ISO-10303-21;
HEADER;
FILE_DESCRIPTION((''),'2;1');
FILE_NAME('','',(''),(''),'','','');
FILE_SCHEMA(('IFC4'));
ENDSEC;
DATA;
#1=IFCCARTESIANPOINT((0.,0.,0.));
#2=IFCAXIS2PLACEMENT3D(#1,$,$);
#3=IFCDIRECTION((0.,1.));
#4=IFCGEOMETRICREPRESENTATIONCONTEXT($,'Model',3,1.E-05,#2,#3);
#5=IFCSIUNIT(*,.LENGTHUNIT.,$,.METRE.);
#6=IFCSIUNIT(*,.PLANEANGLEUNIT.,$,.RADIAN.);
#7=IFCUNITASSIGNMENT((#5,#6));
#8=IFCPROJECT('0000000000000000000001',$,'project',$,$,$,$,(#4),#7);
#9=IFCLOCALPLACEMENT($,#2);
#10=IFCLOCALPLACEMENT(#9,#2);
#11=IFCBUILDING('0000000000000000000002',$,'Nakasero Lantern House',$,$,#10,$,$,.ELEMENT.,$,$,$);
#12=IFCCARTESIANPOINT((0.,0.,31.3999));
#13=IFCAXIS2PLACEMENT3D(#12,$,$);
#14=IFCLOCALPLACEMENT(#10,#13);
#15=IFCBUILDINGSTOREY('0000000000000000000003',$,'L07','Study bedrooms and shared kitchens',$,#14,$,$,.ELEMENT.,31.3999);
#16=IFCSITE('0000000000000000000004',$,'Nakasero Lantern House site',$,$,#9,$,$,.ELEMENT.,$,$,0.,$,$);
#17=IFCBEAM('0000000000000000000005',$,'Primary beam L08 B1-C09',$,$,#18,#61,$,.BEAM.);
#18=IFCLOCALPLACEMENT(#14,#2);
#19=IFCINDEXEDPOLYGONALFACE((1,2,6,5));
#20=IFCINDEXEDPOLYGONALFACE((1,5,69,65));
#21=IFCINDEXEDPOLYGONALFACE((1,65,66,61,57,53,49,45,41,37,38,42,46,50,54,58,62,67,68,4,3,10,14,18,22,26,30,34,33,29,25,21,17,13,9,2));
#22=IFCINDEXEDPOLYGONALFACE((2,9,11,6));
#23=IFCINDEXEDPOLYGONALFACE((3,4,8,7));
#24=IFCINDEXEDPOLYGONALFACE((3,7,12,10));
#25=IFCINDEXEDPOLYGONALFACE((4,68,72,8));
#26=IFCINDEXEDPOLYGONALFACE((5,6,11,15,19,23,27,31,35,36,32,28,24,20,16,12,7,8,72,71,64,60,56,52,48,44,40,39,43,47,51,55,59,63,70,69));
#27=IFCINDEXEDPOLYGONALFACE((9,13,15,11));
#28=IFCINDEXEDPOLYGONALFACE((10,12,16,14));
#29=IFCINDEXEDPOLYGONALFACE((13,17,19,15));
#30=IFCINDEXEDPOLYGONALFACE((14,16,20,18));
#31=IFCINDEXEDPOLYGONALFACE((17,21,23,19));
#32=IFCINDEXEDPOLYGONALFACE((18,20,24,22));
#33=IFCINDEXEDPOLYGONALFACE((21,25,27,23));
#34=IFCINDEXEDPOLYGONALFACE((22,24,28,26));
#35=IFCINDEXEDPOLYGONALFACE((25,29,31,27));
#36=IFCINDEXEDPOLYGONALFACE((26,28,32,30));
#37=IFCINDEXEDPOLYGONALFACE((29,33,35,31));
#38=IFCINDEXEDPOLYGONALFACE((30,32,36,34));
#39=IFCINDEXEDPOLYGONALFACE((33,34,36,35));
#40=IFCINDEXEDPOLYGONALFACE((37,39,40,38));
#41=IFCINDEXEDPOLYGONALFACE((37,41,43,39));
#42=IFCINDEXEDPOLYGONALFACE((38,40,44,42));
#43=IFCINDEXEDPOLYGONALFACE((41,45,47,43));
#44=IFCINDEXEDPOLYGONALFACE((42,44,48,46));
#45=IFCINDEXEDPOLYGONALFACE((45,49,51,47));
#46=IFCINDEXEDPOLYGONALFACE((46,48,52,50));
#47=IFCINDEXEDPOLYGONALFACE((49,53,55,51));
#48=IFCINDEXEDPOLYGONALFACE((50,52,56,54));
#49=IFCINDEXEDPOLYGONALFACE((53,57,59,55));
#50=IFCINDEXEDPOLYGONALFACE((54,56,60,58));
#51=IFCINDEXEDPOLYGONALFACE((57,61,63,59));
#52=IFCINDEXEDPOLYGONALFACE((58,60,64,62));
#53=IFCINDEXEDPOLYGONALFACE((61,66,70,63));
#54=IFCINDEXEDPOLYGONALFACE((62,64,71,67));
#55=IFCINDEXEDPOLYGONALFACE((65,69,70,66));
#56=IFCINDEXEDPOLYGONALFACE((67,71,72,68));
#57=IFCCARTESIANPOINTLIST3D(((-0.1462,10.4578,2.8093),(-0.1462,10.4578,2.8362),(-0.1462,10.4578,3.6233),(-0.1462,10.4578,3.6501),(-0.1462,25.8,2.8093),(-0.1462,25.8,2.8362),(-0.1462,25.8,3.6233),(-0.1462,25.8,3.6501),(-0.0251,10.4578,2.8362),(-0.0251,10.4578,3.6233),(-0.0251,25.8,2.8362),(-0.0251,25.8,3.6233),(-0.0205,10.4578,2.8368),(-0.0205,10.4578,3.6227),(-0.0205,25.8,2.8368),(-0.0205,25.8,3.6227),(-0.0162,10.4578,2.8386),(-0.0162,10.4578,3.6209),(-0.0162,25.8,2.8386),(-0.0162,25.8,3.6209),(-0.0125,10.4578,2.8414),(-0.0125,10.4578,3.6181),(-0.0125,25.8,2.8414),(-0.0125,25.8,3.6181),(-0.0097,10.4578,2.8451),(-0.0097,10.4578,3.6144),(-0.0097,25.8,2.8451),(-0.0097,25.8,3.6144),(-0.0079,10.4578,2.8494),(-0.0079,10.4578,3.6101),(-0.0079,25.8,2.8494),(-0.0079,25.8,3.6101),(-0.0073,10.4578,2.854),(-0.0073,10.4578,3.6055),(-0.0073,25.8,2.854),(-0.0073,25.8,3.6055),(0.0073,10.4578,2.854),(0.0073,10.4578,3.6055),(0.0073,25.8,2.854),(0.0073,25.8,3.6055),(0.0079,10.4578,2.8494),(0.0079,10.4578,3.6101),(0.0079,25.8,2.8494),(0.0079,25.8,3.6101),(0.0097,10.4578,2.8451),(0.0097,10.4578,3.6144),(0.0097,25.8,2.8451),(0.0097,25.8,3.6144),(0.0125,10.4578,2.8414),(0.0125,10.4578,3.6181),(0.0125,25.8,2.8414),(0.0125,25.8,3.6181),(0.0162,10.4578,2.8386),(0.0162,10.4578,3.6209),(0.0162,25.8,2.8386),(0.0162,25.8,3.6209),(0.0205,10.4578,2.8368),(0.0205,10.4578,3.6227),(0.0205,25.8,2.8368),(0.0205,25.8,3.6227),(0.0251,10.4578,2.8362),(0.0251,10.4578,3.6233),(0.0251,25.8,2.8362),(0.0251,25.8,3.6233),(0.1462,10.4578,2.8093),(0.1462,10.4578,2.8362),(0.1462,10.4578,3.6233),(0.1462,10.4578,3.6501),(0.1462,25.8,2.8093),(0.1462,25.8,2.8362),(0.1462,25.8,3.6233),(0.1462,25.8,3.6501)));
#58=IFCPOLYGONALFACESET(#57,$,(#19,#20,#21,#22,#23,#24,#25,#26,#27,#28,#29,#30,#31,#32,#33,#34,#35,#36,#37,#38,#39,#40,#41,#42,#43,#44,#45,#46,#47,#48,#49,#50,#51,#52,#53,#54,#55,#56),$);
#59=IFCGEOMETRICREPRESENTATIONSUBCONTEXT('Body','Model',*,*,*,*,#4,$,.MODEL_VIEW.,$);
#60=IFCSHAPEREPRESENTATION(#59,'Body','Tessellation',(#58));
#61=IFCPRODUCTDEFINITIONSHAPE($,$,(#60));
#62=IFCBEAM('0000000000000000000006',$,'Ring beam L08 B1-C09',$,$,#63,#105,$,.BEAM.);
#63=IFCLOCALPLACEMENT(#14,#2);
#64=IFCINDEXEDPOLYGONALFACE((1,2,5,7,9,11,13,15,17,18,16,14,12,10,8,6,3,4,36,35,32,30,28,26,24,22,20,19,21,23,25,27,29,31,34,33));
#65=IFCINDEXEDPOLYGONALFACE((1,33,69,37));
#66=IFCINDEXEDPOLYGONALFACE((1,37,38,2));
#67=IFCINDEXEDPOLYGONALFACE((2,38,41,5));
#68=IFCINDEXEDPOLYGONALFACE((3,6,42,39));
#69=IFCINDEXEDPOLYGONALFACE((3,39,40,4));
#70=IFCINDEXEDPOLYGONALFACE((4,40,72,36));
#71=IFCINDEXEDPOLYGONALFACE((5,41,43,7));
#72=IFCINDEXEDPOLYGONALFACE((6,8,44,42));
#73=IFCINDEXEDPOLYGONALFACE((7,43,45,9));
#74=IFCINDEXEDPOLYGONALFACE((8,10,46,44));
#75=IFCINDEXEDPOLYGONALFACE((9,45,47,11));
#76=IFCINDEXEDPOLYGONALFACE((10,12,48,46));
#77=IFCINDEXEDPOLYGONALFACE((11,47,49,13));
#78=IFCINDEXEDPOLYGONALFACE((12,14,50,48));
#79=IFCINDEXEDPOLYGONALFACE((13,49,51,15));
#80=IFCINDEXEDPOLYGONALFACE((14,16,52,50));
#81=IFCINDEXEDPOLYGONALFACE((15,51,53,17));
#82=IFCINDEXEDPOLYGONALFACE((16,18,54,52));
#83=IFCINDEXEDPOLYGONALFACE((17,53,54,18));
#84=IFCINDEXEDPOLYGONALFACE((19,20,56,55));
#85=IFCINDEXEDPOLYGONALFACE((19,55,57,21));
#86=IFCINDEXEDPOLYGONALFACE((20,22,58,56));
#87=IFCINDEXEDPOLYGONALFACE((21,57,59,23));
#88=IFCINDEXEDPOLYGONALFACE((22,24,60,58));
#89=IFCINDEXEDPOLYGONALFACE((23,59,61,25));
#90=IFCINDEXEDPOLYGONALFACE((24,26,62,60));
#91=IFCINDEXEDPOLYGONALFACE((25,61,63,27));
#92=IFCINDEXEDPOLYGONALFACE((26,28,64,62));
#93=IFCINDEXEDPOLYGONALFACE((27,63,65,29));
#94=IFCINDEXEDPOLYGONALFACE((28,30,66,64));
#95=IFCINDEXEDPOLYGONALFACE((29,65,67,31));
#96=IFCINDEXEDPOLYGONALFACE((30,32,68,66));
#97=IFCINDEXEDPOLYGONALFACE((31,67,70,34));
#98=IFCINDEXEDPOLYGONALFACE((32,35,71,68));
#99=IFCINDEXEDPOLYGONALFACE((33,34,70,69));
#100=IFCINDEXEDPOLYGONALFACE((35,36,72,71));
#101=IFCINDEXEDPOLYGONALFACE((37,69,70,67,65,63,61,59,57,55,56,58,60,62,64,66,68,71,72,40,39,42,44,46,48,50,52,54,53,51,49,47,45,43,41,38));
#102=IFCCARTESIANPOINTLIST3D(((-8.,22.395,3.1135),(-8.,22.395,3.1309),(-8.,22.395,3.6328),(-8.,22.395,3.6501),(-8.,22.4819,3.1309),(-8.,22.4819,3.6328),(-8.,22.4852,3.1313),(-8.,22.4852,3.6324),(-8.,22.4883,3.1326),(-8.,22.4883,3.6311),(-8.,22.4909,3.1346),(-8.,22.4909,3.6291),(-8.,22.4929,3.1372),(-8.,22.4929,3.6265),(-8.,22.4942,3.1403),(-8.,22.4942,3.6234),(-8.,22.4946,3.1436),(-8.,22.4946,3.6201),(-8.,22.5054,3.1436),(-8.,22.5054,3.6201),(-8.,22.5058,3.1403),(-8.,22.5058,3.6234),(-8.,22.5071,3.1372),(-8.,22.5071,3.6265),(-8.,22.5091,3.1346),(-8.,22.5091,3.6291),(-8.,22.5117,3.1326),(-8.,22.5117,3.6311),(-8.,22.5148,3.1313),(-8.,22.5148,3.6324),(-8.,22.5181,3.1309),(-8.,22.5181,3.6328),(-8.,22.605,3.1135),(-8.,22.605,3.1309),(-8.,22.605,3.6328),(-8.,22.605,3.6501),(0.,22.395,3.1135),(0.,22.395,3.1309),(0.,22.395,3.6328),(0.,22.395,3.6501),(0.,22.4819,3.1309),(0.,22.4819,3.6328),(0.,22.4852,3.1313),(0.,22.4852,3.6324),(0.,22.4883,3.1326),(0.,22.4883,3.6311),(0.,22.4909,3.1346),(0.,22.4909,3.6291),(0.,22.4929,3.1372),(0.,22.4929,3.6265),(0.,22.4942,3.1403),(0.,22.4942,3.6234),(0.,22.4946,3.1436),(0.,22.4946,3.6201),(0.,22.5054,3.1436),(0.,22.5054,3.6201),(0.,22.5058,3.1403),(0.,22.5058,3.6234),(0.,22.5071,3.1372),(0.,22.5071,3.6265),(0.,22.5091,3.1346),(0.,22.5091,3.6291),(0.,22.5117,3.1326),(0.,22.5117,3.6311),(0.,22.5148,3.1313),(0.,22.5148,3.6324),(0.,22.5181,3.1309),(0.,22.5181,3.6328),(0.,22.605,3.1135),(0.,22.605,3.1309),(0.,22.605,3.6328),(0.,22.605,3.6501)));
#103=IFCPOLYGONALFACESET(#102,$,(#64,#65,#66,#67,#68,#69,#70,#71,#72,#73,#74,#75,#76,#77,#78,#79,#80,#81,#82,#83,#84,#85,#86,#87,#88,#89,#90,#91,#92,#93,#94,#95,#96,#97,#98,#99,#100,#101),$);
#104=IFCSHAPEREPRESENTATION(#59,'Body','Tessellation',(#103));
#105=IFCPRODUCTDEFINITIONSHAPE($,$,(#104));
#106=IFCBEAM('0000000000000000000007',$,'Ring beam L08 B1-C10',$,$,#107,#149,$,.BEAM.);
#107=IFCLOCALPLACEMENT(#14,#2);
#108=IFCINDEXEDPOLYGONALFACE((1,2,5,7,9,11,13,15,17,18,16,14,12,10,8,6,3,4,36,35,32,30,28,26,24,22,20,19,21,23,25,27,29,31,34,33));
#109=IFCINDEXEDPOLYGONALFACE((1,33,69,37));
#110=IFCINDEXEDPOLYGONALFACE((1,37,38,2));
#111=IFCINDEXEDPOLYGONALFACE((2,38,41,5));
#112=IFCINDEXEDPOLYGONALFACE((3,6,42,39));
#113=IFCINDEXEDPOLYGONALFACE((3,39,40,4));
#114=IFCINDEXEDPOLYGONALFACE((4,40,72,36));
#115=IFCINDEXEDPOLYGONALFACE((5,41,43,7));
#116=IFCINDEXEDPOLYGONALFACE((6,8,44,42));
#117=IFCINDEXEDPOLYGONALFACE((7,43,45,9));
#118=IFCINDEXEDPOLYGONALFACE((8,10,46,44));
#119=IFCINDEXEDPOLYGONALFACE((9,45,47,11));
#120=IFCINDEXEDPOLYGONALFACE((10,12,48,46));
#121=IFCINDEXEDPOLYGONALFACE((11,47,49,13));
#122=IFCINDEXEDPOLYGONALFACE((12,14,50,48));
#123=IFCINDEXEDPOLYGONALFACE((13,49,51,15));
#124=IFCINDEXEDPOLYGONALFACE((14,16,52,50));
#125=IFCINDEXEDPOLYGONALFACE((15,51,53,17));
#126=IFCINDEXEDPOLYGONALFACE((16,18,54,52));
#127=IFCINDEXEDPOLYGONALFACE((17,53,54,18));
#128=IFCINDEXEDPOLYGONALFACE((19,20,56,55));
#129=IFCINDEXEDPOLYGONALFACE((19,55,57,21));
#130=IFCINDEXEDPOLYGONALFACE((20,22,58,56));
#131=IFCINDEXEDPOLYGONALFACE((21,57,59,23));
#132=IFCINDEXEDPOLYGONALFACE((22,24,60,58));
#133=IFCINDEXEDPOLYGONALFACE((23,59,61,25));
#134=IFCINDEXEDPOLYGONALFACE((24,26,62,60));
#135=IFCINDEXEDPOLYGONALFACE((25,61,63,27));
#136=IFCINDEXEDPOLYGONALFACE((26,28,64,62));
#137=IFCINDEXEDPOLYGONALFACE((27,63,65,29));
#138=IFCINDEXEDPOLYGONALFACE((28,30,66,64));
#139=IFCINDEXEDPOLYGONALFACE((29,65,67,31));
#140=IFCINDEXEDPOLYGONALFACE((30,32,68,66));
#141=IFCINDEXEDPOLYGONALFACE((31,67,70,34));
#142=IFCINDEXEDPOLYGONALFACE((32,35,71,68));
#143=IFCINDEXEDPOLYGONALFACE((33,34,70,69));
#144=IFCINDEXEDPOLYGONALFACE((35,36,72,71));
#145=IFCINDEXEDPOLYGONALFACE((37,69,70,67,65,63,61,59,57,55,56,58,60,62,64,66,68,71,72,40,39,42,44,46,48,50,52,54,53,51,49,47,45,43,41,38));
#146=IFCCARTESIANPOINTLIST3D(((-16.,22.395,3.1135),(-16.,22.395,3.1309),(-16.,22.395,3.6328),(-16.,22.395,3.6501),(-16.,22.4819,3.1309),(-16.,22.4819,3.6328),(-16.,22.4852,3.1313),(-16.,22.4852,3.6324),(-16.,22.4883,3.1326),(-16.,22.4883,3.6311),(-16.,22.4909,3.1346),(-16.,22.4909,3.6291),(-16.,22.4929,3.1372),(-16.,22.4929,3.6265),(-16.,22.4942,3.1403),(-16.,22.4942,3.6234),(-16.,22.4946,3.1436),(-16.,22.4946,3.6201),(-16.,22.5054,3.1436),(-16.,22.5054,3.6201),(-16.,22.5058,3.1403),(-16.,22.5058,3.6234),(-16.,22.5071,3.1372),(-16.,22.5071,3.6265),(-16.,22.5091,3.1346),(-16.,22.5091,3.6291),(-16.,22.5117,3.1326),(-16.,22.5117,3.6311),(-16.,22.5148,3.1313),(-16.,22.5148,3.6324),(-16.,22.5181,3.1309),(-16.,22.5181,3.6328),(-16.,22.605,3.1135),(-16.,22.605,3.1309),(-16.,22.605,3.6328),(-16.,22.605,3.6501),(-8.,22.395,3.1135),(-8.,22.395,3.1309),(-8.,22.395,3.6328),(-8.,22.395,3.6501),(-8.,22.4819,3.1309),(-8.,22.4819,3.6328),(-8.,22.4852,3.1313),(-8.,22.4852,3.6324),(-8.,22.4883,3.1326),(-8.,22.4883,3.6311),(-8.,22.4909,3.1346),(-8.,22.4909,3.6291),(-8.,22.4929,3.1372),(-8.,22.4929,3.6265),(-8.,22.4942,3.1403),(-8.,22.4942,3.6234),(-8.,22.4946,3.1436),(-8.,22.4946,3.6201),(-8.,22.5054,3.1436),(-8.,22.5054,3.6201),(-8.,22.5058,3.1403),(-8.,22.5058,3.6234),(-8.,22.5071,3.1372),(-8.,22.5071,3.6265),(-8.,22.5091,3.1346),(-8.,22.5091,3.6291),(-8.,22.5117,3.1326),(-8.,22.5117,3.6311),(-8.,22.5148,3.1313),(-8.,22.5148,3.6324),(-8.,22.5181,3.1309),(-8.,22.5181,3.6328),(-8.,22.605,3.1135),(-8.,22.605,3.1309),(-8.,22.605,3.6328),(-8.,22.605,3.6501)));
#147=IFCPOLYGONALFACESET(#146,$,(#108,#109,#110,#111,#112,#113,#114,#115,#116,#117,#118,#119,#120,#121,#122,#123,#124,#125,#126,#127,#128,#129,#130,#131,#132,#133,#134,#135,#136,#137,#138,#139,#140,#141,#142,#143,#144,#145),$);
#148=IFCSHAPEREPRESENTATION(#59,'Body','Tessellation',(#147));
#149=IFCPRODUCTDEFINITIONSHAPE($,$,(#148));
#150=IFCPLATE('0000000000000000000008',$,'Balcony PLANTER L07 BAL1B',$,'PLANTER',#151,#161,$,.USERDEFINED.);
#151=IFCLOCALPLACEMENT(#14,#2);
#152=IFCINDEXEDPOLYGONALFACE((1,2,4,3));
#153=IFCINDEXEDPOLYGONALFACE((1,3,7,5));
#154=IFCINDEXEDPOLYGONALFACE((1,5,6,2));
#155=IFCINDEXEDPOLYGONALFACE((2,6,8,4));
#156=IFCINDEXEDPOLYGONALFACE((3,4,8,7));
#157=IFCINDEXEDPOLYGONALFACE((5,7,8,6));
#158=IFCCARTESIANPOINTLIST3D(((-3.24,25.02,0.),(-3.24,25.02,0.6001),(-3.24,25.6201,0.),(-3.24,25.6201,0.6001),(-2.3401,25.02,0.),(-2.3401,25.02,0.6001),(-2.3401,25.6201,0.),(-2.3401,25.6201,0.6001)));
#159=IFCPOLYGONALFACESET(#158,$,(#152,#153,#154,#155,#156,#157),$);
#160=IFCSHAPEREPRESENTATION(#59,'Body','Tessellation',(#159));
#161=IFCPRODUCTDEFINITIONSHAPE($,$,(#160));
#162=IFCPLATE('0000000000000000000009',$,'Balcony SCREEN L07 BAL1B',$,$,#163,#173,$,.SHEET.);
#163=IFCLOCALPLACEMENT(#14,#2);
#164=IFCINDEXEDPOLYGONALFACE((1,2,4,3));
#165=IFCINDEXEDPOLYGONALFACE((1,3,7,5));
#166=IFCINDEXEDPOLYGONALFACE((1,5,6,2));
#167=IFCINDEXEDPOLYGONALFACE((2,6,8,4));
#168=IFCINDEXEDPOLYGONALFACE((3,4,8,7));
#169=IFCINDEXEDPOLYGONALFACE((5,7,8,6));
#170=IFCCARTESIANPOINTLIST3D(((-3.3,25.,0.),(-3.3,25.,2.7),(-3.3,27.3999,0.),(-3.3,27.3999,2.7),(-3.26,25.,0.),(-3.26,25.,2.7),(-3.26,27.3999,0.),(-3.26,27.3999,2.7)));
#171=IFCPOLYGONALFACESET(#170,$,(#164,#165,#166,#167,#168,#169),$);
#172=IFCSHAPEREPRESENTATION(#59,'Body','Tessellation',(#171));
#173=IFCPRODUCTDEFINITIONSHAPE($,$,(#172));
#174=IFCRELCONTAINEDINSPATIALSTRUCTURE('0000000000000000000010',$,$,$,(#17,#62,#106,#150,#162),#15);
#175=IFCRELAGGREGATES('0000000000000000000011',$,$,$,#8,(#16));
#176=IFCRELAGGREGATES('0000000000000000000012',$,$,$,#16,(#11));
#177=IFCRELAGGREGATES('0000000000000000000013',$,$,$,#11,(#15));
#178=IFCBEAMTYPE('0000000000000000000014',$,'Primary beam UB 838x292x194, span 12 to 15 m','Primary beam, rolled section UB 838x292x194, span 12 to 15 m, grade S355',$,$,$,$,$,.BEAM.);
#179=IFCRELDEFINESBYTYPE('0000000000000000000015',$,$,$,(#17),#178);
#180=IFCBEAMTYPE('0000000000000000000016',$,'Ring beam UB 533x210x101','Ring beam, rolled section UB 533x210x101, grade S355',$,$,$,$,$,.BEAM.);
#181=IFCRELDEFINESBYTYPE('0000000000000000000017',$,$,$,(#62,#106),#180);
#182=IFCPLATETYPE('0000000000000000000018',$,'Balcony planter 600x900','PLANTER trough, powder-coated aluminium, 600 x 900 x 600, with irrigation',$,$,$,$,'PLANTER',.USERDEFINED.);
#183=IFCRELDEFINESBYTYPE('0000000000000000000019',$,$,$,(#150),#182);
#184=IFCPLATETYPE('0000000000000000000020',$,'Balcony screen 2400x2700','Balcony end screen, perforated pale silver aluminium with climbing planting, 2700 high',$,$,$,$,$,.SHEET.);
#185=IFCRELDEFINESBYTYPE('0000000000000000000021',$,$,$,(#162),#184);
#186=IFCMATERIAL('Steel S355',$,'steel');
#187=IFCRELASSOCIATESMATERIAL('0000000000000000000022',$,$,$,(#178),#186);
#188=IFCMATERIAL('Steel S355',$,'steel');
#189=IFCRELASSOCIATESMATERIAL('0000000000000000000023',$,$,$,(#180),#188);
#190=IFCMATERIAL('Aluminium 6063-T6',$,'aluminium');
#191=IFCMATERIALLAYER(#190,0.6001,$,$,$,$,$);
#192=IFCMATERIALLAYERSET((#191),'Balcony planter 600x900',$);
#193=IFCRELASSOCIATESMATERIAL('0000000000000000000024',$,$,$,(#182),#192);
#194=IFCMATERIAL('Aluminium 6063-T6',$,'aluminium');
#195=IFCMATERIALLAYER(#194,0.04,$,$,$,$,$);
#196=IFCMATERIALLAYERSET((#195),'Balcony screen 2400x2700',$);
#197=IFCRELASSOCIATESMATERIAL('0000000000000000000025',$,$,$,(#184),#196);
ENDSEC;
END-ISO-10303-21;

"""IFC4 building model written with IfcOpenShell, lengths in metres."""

from ifc_helpers import new_model, si_unit, direction, frame, origin, origin_2d, place, context, subcontext, project, spatial, rectangle, i_section, extrude, material, layer, layer_set, material_profile, profile_set, type_object, element, save


model = new_model("IFC4")

# Units and contexts
model_context = context("Model", 3, precision=1e-05, world=origin(), true_north=direction((0.0, 1.0)))
body_context = subcontext(model_context, "Body", "Model", "MODEL_VIEW")
ifc_project = project(units=[si_unit("LENGTHUNIT", "METRE"), si_unit("PLANEANGLEUNIT", "RADIAN")], contexts=[model_context])

# Site, building, storey
site_placement = place(None, origin())
site = spatial("IfcSite", under=ifc_project, at=site_placement, Name="Nakasero Lantern House site", CompositionType="ELEMENT", RefElevation=0.0)
building_placement = place(site_placement, origin())
building = spatial("IfcBuilding", under=site, at=building_placement, Name="Nakasero Lantern House", CompositionType="ELEMENT")
storey_placement = place(building_placement, frame((0.0, 0.0, 31.3999)))
storey = spatial("IfcBuildingStorey", under=building, at=storey_placement, Name="L07", Description="Study bedrooms and shared kitchens", CompositionType="ELEMENT", Elevation=31.3999)

# Beams
ifc_material_1 = material(Name="Steel S355", Category="steel")
ifc_material_profile_1 = material_profile(ifc_material_1, i_section(OverallWidth=0.2925, OverallDepth=0.8408, WebThickness=0.0146, FlangeThickness=0.0269, FilletRadius=0.0178, at=origin_2d()), Name="UB 838x292x194")
ifc_profile_set_1 = profile_set([ifc_material_profile_1], Name="Steel S355")
beam_type_1 = type_object("IfcBeamType", Name="Primary beam UB 838x292x194, span 12 to 15 m", Description="Primary beam, rolled section UB 838x292x194, span 12 to 15 m, grade S355", PredefinedType="BEAM", material=ifc_profile_set_1)
beam_1_placement = place(storey_placement, frame((0.0, 25.8, 3.2297), z_axis=(0.0, -1.0, 0.0), x_axis=(1.0, 0.0, 0.0)))
element("IfcBeam", 1, at=beam_1_placement, inside=storey, type_object=beam_type_1, Name="Primary beam L08 B1-C09", PredefinedType="BEAM", context=body_context, shape_type="SweptSolid", body=[
    extrude(i_section(OverallWidth=0.2925, OverallDepth=0.8408, WebThickness=0.0146, FlangeThickness=0.0269, FilletRadius=0.0178, at=origin_2d()), origin(), (0.0, 0.0, 1.0), 15.3423),
])
ifc_material_2 = material(Name="Steel S355", Category="steel")
ifc_material_profile_2 = material_profile(ifc_material_2, i_section(OverallWidth=0.21, OverallDepth=0.5366, WebThickness=0.0107, FlangeThickness=0.0173, FilletRadius=0.0127, at=origin_2d()), Name="UB 533x210x101")
ifc_profile_set_2 = profile_set([ifc_material_profile_2], Name="Steel S355")
beam_type_2 = type_object("IfcBeamType", Name="Ring beam UB 533x210x101", Description="Ring beam, rolled section UB 533x210x101, grade S355", PredefinedType="BEAM", material=ifc_profile_set_2)
for number, where, z_axis, x_axis, name in (
    (2, (0.0, 22.5, 3.3818), (-1.0, 0.0, 0.0), (0.0, -1.0, 0.0), "Ring beam L08 B1-C09"),
    (3, (-8.0, 22.5, 3.3818), (-1.0, 0.0, 0.0), (0.0, -1.0, 0.0), "Ring beam L08 B1-C10"),
):
    element("IfcBeam", number, at=place(storey_placement, frame(where, z_axis=z_axis, x_axis=x_axis)), inside=storey, type_object=beam_type_2, Name=name, PredefinedType="BEAM", context=body_context, shape_type="SweptSolid", body=[
        extrude(i_section(OverallWidth=0.21, OverallDepth=0.5366, WebThickness=0.0107, FlangeThickness=0.0173, FilletRadius=0.0127, at=origin_2d()), origin(), (0.0, 0.0, 1.0), 8.0),
    ])

# Plates
ifc_material_3 = material(Name="Aluminium 6063-T6", Category="aluminium")
ifc_layer_1 = layer(ifc_material_3, 0.6001)
ifc_layer_set_1 = layer_set([ifc_layer_1], Name="Balcony planter 600x900")
plate_type_1 = type_object("IfcPlateType", Name="Balcony planter 600x900", Description="PLANTER trough, powder-coated aluminium, 600 x 900 x 600, with irrigation", ElementType="PLANTER", PredefinedType="USERDEFINED", material=ifc_layer_set_1)
plate_1_placement = place(storey_placement, frame((-2.79, 25.3201, 0.0), z_axis=(0.0, 0.0, 1.0), x_axis=(0.0, 1.0, 0.0)))
element("IfcPlate", 4, at=plate_1_placement, inside=storey, type_object=plate_type_1, Name="Balcony PLANTER L07 BAL1B", ObjectType="PLANTER", PredefinedType="USERDEFINED", context=body_context, shape_type="SweptSolid", body=[
    extrude(rectangle(XDim=0.6001, YDim=0.8999, at=origin_2d()), origin(), (0.0, 0.0, 1.0), 0.6001),
])
ifc_material_4 = material(Name="Aluminium 6063-T6", Category="aluminium")
ifc_layer_2 = layer(ifc_material_4, 0.04)
ifc_layer_set_2 = layer_set([ifc_layer_2], Name="Balcony screen 2400x2700")
plate_type_2 = type_object("IfcPlateType", Name="Balcony screen 2400x2700", Description="Balcony end screen, perforated pale silver aluminium with climbing planting, 2700 high", PredefinedType="SHEET", material=ifc_layer_set_2)
plate_2_placement = place(storey_placement, frame((-3.28, 26.2, 0.0), z_axis=(0.0, 0.0, 1.0), x_axis=(0.0, 1.0, 0.0)))
element("IfcPlate", 5, at=plate_2_placement, inside=storey, type_object=plate_type_2, Name="Balcony SCREEN L07 BAL1B", PredefinedType="SHEET", context=body_context, shape_type="SweptSolid", body=[
    extrude(rectangle(XDim=2.3999, YDim=0.04, at=origin_2d()), origin(), (0.0, 0.0, 1.0), 2.7),
])

save(model, "model.ifc")
